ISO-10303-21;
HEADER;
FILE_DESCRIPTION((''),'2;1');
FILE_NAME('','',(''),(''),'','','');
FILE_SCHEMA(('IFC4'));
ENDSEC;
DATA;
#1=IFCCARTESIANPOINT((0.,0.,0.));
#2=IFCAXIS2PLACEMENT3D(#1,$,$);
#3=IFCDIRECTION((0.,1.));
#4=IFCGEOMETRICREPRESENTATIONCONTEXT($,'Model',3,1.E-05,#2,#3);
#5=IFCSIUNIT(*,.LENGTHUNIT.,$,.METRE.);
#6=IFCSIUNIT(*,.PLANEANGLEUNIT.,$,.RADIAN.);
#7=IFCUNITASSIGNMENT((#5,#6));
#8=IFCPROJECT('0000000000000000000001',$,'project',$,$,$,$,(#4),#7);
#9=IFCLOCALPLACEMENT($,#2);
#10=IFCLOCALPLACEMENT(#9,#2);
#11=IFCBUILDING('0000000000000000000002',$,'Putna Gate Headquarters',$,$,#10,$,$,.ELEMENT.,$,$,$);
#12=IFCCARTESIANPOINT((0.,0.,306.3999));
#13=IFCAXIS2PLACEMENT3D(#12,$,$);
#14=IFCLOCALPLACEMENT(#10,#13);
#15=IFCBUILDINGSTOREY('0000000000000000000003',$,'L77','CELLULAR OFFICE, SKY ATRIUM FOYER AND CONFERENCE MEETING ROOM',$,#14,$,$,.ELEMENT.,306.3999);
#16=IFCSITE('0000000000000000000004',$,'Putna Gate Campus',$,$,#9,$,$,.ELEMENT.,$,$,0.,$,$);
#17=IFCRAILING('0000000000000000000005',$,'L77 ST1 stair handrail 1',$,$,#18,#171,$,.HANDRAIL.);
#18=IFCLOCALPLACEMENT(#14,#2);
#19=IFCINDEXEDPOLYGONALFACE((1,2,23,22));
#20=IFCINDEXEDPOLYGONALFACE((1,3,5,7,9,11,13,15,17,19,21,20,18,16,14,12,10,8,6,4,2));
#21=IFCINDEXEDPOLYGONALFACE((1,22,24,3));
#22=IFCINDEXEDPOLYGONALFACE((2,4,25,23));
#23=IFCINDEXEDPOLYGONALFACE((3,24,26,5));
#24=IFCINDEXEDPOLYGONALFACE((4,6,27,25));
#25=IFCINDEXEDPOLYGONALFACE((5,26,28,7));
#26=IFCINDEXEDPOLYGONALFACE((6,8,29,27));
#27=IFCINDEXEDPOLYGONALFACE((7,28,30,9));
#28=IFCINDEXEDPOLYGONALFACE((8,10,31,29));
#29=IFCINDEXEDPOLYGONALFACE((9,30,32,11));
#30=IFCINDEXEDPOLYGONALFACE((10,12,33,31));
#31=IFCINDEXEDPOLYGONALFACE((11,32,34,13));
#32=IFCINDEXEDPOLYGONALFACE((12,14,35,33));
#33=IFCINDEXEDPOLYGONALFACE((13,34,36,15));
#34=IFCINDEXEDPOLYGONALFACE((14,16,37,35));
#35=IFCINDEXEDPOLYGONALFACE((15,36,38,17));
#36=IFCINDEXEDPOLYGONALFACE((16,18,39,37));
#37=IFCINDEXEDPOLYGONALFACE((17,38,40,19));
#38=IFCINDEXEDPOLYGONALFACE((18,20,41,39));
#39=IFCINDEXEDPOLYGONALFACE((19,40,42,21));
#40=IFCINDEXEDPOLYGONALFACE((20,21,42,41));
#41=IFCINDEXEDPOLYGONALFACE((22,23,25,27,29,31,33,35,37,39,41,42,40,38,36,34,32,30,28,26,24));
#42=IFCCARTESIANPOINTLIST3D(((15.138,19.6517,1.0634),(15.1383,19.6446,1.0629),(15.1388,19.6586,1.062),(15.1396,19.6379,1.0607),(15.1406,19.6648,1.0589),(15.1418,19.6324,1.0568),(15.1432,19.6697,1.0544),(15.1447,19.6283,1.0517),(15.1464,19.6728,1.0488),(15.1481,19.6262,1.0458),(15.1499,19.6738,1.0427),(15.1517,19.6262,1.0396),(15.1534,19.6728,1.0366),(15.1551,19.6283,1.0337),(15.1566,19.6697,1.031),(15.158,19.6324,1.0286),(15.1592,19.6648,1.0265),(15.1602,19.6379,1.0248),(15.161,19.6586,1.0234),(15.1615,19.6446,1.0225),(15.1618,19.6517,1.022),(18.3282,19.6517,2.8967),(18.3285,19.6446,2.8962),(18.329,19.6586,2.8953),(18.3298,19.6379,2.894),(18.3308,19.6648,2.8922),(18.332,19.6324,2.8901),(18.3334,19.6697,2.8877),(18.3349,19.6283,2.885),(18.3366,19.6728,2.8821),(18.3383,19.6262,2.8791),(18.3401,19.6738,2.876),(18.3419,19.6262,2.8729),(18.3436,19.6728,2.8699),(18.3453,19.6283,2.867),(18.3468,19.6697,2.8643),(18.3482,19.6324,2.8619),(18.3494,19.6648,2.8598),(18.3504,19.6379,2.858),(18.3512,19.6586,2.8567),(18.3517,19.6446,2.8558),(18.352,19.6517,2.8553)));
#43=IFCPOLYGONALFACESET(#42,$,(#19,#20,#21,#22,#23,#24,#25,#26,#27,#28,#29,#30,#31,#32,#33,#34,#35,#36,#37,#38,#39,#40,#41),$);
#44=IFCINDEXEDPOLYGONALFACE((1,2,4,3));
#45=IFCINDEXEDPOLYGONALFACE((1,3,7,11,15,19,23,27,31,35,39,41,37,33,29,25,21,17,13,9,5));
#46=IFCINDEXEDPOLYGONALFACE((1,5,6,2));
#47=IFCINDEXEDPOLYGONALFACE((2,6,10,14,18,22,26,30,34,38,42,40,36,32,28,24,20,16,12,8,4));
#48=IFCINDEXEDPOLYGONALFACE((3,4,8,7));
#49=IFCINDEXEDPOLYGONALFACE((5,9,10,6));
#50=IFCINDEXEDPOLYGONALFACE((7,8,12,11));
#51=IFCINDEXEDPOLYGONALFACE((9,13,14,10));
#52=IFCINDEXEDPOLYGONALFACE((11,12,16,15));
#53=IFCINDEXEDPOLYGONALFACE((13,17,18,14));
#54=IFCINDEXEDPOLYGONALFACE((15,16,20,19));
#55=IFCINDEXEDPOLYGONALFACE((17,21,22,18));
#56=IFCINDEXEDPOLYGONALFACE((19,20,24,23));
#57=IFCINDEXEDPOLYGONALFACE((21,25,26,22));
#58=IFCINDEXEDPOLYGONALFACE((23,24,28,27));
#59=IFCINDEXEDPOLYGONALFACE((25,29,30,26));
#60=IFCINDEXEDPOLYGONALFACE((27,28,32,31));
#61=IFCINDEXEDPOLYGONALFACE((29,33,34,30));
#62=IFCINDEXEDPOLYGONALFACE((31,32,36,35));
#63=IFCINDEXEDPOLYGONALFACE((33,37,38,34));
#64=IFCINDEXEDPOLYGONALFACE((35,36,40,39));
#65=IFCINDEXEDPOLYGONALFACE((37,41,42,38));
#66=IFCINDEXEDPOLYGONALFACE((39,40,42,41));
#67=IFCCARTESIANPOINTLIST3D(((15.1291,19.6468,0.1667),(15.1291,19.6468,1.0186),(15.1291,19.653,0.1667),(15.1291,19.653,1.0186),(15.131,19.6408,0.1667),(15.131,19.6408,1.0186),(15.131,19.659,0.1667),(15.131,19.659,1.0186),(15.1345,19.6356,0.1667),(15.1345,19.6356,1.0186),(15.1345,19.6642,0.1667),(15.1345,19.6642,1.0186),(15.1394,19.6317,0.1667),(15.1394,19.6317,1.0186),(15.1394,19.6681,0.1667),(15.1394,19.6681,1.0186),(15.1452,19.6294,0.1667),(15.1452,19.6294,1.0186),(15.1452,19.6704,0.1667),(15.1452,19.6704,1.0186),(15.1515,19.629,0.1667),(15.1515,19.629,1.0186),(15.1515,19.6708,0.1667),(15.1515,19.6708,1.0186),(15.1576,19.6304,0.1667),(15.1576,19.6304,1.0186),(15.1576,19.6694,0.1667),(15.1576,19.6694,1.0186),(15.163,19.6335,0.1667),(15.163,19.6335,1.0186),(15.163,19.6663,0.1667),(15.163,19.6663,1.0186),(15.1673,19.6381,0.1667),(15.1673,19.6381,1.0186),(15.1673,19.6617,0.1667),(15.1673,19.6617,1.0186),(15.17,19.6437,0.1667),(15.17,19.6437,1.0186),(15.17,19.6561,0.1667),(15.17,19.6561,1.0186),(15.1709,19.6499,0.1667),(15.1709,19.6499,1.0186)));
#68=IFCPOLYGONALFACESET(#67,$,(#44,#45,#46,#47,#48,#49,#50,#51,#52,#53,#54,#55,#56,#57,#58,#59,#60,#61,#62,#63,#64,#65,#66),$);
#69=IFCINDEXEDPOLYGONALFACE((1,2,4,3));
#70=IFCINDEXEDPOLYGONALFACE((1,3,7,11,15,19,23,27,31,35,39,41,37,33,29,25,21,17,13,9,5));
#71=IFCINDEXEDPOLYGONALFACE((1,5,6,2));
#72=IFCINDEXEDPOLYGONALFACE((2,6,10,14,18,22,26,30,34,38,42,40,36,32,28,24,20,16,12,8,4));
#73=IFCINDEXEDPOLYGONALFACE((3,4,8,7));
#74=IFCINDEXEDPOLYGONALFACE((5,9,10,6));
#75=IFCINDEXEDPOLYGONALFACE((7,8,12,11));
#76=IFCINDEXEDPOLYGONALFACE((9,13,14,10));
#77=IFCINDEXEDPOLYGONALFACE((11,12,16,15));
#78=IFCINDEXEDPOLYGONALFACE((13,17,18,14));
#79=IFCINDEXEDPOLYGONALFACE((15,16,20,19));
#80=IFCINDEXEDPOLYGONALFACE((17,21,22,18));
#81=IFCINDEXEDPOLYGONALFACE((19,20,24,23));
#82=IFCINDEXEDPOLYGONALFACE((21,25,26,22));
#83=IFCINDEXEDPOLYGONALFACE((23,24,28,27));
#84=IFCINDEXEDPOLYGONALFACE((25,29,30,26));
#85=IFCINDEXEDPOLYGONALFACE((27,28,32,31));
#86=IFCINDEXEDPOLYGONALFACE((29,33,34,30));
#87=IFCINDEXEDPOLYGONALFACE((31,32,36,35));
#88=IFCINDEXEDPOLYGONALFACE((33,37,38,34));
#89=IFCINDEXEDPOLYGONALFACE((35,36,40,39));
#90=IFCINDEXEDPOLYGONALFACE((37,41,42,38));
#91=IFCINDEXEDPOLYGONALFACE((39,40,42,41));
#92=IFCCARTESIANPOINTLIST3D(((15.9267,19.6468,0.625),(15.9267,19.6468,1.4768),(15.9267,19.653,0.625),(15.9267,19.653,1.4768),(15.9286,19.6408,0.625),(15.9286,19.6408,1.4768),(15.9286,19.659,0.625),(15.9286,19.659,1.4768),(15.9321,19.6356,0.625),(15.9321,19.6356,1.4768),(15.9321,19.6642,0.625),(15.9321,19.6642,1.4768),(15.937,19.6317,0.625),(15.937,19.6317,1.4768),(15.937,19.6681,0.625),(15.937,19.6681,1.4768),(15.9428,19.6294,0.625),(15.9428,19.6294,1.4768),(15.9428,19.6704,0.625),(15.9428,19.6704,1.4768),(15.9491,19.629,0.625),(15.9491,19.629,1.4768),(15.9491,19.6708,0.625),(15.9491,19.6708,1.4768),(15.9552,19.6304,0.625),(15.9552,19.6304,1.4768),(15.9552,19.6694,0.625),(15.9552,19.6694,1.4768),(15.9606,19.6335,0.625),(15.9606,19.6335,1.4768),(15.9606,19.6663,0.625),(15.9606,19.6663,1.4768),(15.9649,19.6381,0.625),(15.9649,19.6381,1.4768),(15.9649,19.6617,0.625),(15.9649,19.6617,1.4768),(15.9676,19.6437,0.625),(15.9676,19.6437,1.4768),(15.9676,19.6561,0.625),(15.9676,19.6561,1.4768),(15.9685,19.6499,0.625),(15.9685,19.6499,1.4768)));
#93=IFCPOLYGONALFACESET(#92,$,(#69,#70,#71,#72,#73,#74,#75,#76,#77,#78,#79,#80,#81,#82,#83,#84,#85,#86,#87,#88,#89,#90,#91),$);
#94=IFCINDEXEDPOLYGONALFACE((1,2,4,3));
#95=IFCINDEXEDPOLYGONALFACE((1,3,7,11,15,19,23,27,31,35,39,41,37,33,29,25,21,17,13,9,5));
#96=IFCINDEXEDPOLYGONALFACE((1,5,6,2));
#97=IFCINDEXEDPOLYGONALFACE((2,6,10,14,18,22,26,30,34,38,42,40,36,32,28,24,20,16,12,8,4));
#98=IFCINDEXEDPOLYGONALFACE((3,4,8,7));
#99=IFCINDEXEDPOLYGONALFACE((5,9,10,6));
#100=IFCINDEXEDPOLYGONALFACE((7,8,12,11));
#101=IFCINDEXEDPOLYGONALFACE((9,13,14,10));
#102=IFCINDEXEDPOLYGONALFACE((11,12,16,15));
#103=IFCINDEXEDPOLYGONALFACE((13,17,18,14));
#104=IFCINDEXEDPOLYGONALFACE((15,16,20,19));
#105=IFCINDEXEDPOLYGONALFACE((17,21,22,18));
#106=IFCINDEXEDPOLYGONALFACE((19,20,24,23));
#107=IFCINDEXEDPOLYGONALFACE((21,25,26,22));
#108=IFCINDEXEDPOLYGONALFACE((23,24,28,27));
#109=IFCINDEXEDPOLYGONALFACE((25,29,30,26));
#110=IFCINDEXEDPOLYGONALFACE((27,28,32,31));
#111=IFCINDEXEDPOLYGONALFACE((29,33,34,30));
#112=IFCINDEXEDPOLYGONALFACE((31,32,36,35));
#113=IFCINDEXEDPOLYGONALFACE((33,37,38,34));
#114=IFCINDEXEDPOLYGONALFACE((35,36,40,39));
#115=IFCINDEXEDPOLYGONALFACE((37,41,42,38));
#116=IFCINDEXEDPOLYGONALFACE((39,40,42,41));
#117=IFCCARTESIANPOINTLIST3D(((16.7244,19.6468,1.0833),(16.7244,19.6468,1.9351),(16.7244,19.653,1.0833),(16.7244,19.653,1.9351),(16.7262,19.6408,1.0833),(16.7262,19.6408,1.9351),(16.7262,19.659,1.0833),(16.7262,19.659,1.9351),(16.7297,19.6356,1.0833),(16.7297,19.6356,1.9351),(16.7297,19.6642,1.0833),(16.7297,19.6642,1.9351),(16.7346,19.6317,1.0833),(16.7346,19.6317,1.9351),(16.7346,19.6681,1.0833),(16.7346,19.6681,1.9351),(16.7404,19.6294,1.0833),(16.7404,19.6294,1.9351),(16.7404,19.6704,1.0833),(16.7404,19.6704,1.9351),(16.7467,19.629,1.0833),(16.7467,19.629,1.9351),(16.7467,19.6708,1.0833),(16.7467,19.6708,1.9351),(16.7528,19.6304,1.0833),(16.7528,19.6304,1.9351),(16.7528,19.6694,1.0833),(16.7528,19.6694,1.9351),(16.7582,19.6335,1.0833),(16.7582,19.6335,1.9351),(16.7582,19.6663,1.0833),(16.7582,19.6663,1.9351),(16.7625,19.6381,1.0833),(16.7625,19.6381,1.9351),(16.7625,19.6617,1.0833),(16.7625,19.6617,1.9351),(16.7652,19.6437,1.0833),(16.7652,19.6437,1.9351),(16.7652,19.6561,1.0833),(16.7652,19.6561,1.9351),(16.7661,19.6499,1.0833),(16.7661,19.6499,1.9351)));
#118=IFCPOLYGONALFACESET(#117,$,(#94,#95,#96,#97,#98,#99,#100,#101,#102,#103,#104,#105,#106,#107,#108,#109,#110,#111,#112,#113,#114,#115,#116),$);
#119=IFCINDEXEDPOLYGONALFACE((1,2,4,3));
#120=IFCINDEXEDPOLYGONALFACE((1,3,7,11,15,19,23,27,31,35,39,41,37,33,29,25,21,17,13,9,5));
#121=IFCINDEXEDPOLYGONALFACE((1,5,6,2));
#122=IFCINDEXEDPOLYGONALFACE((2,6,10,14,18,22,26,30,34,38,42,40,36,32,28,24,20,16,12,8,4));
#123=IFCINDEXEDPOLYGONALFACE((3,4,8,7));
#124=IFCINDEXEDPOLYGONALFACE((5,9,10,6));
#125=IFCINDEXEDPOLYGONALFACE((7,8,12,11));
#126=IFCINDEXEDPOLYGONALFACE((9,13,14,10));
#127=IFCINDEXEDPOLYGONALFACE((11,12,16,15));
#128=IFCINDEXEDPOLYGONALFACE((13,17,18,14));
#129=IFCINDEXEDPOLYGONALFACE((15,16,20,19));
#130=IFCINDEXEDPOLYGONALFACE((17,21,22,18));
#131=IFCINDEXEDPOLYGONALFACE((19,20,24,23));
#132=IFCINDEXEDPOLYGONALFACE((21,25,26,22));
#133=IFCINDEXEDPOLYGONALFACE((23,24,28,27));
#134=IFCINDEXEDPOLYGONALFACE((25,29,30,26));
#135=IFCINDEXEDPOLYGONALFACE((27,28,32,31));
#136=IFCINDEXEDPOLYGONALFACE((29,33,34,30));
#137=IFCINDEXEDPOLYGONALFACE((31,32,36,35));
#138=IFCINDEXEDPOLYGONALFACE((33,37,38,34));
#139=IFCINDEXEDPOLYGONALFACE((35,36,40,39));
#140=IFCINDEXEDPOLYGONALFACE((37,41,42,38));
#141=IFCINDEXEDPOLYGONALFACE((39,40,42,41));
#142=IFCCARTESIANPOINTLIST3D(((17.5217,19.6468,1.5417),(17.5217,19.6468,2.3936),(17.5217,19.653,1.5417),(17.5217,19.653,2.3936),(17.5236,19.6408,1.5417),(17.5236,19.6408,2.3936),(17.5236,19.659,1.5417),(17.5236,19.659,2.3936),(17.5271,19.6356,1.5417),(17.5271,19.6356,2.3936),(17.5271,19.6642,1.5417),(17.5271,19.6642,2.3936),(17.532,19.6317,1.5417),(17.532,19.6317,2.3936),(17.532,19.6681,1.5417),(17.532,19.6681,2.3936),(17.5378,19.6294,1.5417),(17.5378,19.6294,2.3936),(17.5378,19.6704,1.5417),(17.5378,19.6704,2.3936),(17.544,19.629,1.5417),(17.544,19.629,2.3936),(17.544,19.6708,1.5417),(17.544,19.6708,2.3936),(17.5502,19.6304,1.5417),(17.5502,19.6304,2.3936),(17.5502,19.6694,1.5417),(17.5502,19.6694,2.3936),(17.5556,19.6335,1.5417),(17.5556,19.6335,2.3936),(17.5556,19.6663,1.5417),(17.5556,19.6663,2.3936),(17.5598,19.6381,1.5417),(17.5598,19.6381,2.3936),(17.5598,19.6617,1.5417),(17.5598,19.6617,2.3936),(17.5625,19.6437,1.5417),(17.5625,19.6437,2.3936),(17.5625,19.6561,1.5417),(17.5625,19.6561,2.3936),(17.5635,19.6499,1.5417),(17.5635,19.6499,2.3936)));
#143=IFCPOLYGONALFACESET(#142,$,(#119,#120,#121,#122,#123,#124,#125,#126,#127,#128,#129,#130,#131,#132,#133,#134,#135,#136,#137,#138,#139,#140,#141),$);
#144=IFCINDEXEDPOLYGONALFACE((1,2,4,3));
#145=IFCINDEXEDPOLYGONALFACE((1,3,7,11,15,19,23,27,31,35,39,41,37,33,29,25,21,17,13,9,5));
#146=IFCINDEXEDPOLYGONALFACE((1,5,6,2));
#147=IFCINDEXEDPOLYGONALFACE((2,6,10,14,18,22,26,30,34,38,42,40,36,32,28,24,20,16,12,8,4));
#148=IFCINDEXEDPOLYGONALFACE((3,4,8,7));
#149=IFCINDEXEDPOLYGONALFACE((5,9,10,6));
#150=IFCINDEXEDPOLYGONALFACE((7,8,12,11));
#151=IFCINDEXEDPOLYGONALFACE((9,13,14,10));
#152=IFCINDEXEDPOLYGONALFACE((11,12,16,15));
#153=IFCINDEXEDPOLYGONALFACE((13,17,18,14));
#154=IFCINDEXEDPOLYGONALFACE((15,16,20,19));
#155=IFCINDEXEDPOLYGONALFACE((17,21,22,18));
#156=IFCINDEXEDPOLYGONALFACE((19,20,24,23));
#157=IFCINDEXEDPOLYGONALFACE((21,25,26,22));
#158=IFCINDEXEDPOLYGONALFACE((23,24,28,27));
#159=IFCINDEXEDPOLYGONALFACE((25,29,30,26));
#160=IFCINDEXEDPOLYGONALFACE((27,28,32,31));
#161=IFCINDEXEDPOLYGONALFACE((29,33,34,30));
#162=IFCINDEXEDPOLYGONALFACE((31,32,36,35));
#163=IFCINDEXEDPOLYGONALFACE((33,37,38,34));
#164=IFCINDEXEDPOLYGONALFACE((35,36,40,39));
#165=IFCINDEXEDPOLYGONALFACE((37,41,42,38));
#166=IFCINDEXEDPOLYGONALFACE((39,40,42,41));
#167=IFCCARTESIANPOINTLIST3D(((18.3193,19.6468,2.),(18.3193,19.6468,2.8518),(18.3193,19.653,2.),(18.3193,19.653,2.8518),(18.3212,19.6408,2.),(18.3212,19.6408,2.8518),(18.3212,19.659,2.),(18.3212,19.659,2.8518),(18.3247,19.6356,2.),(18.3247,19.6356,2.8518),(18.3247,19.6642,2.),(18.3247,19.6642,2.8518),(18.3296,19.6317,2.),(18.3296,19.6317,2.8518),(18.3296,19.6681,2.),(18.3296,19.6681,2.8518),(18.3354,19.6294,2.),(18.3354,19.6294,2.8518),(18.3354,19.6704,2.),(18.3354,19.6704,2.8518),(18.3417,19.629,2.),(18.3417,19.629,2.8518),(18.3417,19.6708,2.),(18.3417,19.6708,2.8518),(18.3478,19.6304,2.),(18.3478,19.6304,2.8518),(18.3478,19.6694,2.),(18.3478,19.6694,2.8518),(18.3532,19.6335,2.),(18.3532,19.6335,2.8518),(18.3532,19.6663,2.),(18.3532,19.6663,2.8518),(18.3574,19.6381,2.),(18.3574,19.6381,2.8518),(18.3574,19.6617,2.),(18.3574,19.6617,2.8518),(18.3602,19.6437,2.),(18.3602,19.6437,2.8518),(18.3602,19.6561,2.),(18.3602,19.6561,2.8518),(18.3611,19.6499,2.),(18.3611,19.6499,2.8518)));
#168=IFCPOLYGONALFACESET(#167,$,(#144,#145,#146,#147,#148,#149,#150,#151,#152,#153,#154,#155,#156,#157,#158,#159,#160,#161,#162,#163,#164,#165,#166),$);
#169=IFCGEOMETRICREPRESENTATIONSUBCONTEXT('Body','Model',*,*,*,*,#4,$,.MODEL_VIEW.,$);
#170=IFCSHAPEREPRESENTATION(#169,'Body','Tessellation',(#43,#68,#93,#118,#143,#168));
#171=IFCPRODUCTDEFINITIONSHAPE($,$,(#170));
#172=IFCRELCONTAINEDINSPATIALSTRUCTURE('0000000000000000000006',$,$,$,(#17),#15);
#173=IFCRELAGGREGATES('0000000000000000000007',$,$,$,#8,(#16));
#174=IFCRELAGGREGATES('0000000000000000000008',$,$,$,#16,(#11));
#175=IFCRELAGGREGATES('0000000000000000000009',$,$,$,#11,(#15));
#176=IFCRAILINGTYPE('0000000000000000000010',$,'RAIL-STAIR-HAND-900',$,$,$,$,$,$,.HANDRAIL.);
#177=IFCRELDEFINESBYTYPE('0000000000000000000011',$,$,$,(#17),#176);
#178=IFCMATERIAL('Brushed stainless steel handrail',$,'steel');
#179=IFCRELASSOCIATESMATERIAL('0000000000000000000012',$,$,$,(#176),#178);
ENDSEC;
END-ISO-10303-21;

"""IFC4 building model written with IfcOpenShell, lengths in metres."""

from ifc_helpers import new_model, si_unit, direction, frame, origin, origin_2d, place, context, subcontext, project, spatial, circle, extrude, material, type_object, element, save


model = new_model("IFC4")

# Units and contexts
model_context = context("Model", 3, precision=1e-05, world=origin(), true_north=direction((0.0, 1.0)))
body_context = subcontext(model_context, "Body", "Model", "MODEL_VIEW")
ifc_project = project(units=[si_unit("LENGTHUNIT", "METRE"), si_unit("PLANEANGLEUNIT", "RADIAN")], contexts=[model_context])

# Site, building, storey
site_placement = place(None, origin())
site = spatial("IfcSite", under=ifc_project, at=site_placement, Name="Putna Gate Campus", CompositionType="ELEMENT", RefElevation=0.0)
building_placement = place(site_placement, origin())
building = spatial("IfcBuilding", under=site, at=building_placement, Name="Putna Gate Headquarters", CompositionType="ELEMENT")
storey_placement = place(building_placement, frame((0.0, 0.0, 306.3999)))
storey = spatial("IfcBuildingStorey", under=building, at=storey_placement, Name="L77", Description="CELLULAR OFFICE, SKY ATRIUM FOYER AND CONFERENCE MEETING ROOM", CompositionType="ELEMENT", Elevation=306.3999)

# Railing
ifc_material_1 = material(Name="Brushed stainless steel handrail", Category="steel")
railing_type_1 = type_object("IfcRailingType", Name="RAIL-STAIR-HAND-900", PredefinedType="HANDRAIL", material=ifc_material_1)
railing_1_placement = place(storey_placement, frame((15.1499, 19.6499, 0.1667)))
element("IfcRailing", 1, at=railing_1_placement, inside=storey, type_object=railing_type_1, Name="L77 ST1 stair handrail 1", PredefinedType="HANDRAIL", context=body_context, shape_type="SweptSolid", body=[
    extrude(circle(Radius=0.0239, at=origin_2d()), frame((0.0, 0.0, 0.876), z_axis=(0.867036, 0.0, 0.498245), x_axis=(0.0, 1.0, 0.0)), (0.0, 0.0, 1.0), 3.6794),
    extrude(circle(Radius=0.021, at=origin_2d()), origin(), (0.0, 0.0, 1.0), 0.8518),
    extrude(circle(Radius=0.021, at=origin_2d()), frame((0.7976, 0.0, 0.4583)), (0.0, 0.0, 1.0), 0.8518),
    extrude(circle(Radius=0.021, at=origin_2d()), frame((1.5952, 0.0, 0.9165)), (0.0, 0.0, 1.0), 0.8518),
    extrude(circle(Radius=0.021, at=origin_2d()), frame((2.3926, 0.0, 1.375)), (0.0, 0.0, 1.0), 0.8518),
    extrude(circle(Radius=0.021, at=origin_2d()), frame((3.1902, 0.0, 1.8333)), (0.0, 0.0, 1.0), 0.8518),
])

save(model, "model.ifc")
